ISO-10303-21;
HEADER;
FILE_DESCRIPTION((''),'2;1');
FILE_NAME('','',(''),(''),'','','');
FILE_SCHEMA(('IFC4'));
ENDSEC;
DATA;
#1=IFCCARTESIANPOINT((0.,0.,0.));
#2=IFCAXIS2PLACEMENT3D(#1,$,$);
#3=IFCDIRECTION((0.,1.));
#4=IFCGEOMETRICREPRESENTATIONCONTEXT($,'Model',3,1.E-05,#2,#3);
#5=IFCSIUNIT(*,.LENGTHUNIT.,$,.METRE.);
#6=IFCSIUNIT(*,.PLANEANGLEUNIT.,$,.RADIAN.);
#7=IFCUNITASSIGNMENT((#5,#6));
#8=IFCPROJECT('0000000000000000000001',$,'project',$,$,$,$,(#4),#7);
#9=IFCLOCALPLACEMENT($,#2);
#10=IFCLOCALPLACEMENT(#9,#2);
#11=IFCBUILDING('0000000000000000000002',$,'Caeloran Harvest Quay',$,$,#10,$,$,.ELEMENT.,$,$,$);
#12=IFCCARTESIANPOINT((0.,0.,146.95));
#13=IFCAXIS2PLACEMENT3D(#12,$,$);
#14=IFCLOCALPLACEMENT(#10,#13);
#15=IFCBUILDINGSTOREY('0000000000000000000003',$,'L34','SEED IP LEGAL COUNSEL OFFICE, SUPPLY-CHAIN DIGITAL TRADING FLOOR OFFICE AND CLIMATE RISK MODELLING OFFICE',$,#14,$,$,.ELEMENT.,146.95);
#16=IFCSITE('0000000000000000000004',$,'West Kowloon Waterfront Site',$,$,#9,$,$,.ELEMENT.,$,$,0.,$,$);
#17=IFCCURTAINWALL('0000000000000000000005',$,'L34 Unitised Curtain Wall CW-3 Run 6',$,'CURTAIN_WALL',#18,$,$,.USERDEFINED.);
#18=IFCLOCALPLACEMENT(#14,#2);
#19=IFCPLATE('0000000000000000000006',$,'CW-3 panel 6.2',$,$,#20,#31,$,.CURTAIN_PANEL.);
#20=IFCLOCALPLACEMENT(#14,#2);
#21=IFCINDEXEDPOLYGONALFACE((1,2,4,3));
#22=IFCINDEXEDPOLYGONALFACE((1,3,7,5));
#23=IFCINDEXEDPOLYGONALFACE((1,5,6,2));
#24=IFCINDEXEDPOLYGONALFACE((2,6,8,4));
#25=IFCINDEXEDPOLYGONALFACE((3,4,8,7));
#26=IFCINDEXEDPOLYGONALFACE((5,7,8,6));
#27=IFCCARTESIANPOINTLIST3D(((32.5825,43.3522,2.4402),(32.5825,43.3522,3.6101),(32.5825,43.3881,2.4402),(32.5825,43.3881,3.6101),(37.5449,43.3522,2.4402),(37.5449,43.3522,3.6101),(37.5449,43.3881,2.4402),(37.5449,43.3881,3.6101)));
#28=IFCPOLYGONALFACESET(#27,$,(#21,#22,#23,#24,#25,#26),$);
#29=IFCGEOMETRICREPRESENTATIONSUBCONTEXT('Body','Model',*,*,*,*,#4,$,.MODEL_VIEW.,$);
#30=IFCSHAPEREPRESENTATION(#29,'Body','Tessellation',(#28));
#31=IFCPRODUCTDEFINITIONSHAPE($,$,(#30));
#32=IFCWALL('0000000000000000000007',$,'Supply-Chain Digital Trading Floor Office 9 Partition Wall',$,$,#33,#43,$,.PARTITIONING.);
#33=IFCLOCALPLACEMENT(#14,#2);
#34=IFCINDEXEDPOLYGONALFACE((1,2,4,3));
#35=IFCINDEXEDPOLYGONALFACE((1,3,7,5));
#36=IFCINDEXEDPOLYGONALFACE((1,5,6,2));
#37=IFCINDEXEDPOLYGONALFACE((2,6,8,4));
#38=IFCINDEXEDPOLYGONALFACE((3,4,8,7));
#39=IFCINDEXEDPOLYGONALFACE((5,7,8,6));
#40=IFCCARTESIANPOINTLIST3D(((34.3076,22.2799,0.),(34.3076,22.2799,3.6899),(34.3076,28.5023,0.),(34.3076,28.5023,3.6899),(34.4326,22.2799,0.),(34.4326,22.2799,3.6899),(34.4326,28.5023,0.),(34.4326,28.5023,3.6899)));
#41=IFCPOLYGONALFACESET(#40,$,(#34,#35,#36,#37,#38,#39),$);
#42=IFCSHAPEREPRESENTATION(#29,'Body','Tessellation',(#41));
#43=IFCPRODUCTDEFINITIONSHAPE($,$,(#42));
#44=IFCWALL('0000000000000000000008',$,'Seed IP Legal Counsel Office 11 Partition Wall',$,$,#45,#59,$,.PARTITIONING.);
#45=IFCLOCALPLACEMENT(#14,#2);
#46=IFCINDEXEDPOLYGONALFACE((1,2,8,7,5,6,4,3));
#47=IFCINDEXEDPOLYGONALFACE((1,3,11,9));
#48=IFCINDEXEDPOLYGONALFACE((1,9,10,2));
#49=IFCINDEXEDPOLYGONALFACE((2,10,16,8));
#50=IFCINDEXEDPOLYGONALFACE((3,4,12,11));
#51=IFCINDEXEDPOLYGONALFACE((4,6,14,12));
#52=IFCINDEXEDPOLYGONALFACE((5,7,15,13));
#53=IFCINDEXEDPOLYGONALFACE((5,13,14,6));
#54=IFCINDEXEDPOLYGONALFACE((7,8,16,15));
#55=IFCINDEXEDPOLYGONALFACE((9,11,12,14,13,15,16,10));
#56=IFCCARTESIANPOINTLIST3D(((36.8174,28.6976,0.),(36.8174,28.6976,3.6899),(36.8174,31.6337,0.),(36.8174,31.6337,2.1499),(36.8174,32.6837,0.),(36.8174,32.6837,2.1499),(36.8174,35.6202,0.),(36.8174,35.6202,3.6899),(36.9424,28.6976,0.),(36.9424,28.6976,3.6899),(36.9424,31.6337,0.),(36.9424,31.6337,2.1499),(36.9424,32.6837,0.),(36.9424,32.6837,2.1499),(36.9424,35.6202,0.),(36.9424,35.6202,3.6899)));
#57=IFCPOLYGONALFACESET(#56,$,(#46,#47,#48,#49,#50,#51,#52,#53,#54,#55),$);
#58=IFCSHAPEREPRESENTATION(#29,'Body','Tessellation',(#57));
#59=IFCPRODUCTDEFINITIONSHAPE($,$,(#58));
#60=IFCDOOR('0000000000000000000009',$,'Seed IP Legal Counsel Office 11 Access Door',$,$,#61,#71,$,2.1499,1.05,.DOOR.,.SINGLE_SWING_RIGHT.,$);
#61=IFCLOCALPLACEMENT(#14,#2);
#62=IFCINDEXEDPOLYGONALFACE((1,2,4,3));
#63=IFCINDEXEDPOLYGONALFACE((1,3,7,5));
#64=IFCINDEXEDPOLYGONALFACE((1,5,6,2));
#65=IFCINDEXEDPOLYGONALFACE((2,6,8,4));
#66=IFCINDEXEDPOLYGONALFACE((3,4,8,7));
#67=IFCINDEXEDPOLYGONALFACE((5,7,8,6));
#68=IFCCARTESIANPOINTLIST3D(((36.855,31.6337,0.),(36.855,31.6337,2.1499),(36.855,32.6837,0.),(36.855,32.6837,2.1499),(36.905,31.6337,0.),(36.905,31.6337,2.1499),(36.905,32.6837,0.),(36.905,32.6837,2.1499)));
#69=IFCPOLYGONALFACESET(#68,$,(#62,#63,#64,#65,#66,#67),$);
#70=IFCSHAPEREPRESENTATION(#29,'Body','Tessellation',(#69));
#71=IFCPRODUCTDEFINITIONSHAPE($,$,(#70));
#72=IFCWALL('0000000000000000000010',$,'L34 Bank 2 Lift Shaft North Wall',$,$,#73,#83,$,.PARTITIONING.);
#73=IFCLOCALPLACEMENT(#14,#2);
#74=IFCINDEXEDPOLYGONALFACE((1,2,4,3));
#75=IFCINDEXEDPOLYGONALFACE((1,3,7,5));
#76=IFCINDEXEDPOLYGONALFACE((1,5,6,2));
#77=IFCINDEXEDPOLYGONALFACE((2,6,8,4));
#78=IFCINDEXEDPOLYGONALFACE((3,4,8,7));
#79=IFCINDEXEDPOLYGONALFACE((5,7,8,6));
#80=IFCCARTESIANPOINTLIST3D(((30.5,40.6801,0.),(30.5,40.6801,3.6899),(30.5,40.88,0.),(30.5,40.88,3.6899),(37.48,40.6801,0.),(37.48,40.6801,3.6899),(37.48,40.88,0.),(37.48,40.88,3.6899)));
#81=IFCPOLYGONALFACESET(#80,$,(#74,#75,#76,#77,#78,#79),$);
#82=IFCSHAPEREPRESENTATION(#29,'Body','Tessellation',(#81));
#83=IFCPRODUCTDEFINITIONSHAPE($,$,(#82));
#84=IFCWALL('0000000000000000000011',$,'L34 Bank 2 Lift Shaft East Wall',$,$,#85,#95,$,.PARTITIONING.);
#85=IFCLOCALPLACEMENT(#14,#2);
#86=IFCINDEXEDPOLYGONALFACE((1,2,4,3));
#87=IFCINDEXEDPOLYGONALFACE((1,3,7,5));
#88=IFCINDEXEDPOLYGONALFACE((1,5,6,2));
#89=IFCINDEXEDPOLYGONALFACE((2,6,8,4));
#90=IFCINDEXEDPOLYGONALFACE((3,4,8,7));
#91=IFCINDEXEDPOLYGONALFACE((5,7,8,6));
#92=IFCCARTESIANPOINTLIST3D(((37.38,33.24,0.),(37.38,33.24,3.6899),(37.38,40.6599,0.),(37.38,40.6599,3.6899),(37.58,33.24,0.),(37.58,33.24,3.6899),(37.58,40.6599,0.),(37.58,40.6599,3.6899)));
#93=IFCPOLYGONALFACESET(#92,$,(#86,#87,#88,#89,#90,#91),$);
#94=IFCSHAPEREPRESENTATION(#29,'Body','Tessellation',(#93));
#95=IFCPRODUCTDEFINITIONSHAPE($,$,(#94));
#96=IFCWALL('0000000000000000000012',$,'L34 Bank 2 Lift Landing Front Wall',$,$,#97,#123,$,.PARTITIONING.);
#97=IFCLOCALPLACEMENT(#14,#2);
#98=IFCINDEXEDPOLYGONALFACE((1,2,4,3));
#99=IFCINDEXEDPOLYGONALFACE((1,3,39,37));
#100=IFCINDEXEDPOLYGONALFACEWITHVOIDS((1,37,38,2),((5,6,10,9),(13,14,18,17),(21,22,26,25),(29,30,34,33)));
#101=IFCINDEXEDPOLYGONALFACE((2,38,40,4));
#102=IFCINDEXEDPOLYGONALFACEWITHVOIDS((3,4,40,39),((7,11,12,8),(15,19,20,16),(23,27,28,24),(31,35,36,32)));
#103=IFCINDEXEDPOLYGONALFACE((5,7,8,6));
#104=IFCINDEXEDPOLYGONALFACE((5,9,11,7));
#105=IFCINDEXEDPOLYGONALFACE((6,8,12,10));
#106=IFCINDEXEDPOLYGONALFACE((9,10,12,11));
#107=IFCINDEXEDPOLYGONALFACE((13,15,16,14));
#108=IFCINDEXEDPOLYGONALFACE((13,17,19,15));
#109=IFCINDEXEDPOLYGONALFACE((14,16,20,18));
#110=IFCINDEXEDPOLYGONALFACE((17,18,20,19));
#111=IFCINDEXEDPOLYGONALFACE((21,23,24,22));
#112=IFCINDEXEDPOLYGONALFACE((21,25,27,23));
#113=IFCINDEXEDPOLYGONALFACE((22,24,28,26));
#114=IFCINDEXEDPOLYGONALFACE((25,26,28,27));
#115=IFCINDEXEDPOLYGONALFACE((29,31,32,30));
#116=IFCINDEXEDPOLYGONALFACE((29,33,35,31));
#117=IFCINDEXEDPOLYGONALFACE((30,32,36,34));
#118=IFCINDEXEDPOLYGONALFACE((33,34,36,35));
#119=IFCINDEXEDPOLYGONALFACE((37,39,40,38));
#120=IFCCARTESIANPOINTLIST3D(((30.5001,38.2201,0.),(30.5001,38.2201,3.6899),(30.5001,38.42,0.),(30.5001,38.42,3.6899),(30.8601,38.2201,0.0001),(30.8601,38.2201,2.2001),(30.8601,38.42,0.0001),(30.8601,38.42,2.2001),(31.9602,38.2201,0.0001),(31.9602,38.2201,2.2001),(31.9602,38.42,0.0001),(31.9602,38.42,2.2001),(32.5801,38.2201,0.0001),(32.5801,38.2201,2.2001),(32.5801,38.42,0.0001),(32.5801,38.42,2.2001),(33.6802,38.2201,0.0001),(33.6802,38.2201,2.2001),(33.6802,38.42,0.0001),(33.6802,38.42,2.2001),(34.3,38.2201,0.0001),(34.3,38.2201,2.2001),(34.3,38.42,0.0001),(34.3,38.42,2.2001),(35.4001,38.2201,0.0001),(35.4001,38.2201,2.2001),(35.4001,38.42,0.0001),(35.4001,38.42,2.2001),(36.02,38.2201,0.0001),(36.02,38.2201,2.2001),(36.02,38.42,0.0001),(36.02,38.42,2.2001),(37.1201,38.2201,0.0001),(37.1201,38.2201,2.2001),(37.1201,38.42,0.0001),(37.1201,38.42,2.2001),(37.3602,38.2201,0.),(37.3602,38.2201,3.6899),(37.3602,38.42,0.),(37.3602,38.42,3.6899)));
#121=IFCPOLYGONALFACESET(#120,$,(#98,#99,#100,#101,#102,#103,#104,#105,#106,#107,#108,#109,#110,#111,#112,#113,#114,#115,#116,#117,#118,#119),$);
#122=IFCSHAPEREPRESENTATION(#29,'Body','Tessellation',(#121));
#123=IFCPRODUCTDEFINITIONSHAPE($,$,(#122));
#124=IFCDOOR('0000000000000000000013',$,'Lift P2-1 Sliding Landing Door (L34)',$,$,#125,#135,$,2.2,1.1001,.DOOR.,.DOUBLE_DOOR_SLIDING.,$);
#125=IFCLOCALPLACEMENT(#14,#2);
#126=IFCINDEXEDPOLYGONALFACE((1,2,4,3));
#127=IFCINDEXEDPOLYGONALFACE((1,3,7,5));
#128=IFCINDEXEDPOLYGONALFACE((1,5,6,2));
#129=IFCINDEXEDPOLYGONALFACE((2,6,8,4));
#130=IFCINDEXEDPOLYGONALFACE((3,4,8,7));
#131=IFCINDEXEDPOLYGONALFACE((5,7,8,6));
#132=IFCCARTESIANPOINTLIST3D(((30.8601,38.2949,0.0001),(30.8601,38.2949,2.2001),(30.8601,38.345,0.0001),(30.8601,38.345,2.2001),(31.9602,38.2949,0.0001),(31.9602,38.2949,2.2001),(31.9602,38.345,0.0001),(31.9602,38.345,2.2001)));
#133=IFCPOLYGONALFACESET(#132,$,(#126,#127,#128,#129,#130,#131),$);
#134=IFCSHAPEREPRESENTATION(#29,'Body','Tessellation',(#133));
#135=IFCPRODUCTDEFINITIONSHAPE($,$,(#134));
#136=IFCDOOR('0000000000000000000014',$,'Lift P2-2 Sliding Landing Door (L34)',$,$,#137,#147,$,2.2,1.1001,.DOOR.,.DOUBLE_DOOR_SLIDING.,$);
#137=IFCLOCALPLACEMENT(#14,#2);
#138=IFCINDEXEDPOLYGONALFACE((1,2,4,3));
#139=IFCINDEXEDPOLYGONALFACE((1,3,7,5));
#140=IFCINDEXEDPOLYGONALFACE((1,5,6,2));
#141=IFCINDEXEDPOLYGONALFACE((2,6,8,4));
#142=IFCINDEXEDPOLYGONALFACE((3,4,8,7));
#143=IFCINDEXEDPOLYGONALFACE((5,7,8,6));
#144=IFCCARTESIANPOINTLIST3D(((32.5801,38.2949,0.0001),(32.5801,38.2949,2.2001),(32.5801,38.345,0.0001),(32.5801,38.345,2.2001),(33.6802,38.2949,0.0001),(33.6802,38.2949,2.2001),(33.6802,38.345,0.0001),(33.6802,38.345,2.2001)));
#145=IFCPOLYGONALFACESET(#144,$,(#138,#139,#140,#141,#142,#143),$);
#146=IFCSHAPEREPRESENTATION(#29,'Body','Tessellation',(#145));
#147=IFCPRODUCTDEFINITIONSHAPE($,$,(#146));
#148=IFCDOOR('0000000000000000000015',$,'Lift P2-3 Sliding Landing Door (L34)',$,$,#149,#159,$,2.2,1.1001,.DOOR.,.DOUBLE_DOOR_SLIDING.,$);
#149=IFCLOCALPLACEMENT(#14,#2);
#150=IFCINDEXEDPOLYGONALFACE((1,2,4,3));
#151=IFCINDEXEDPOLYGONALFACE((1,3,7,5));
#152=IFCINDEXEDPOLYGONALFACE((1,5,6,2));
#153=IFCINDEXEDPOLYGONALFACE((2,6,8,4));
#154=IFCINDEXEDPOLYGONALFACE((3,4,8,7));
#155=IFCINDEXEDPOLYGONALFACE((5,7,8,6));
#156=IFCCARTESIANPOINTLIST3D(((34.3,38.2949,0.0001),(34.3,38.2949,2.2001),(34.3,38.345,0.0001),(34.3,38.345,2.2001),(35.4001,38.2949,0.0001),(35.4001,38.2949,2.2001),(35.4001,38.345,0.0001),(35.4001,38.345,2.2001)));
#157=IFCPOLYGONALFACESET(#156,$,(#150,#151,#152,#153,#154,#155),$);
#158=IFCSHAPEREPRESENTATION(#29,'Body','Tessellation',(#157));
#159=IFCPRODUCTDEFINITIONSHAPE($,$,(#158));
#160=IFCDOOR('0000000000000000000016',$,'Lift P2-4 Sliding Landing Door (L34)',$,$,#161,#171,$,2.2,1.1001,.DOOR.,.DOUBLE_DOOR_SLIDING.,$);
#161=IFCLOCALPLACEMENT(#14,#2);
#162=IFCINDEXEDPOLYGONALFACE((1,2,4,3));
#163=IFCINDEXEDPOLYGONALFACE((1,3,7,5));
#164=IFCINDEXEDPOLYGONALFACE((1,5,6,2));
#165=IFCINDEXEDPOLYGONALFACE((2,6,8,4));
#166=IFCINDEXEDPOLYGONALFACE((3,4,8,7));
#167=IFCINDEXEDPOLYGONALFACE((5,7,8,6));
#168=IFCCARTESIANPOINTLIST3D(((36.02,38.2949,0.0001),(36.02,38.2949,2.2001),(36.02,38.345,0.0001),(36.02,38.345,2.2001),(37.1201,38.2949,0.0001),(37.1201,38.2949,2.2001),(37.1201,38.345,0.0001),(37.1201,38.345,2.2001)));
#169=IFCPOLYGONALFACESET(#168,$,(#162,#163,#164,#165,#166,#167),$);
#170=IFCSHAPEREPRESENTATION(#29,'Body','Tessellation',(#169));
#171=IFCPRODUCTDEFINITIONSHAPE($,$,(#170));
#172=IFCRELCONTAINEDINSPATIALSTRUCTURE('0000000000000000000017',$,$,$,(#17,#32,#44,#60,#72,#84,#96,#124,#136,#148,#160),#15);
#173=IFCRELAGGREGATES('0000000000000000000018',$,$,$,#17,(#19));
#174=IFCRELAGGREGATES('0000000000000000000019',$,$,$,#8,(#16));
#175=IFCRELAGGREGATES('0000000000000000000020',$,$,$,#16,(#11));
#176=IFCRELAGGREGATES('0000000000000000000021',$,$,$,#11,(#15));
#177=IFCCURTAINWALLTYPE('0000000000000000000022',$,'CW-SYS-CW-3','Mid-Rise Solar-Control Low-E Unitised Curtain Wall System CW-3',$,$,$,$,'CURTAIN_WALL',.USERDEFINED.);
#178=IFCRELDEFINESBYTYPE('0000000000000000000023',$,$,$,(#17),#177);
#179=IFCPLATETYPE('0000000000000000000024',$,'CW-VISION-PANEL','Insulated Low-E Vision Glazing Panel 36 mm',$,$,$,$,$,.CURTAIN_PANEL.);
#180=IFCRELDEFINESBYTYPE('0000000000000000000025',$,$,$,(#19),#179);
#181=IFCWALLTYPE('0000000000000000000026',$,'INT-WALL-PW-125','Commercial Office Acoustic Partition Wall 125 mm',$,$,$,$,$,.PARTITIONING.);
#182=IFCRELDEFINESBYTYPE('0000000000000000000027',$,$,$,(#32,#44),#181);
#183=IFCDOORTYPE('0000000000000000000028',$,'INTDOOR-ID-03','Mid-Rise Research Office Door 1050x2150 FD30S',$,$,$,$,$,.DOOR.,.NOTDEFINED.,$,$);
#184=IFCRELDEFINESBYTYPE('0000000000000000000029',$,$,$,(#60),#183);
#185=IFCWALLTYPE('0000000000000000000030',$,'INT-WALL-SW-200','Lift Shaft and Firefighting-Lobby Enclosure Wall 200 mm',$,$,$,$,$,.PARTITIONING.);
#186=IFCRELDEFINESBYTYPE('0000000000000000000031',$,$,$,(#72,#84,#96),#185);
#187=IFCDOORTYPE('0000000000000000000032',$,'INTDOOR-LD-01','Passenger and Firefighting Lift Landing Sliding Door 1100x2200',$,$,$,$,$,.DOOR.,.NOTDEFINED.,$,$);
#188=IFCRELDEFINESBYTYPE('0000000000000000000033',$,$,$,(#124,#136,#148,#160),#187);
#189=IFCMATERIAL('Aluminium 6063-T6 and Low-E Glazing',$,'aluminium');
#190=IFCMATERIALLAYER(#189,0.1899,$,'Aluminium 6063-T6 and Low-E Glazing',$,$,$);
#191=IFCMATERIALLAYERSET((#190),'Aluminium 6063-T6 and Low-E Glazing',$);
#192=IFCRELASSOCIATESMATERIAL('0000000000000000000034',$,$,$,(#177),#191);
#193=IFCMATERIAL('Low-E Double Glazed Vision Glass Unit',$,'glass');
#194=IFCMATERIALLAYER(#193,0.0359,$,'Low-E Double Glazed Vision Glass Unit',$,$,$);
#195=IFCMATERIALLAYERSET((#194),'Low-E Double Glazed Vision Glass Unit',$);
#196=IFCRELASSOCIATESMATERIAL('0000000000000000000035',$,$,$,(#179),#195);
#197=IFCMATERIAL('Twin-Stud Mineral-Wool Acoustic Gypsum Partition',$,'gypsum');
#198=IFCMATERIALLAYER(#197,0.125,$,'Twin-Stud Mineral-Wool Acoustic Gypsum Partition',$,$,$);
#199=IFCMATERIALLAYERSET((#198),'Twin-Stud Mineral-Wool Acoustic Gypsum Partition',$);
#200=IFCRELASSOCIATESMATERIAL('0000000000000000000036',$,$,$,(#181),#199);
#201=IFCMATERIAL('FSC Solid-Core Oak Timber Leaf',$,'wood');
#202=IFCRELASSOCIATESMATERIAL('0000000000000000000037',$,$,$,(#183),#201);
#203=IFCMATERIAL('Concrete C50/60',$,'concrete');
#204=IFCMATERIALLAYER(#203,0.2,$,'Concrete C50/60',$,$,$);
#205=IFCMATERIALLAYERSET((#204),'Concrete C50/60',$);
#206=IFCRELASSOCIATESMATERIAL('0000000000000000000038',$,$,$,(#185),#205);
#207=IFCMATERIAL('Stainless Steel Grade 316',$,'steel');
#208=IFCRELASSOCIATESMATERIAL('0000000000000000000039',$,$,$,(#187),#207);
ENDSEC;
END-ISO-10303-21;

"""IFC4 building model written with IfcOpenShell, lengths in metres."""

from ifc_helpers import new_model, si_unit, direction, frame, frame_2d, origin, origin_2d, place, context, subcontext, project, spatial, rectangle, extrude, material, layer, layer_set, type_object, element, fill, aggregate, save


model = new_model("IFC4")

# Units and contexts
model_context = context("Model", 3, precision=1e-05, world=origin(), true_north=direction((0.0, 1.0)))
body_context = subcontext(model_context, "Body", "Model", "MODEL_VIEW")
ifc_project = project(units=[si_unit("LENGTHUNIT", "METRE"), si_unit("PLANEANGLEUNIT", "RADIAN")], contexts=[model_context])

# Site, building, storey
site_placement = place(None, origin())
site = spatial("IfcSite", under=ifc_project, at=site_placement, Name="West Kowloon Waterfront Site", CompositionType="ELEMENT", RefElevation=0.0)
building_placement = place(site_placement, origin())
building = spatial("IfcBuilding", under=site, at=building_placement, Name="Caeloran Harvest Quay", CompositionType="ELEMENT")
storey_placement = place(building_placement, frame((0.0, 0.0, 146.95)))
storey = spatial("IfcBuildingStorey", under=building, at=storey_placement, Name="L34", Description="SEED IP LEGAL COUNSEL OFFICE, SUPPLY-CHAIN DIGITAL TRADING FLOOR OFFICE AND CLIMATE RISK MODELLING OFFICE", CompositionType="ELEMENT", Elevation=146.95)

# Curtain wall, plate
ifc_material_1 = material(Name="Aluminium 6063-T6 and Low-E Glazing", Category="aluminium")
ifc_layer_1 = layer(ifc_material_1, 0.1899, Name="Aluminium 6063-T6 and Low-E Glazing")
ifc_layer_set_1 = layer_set([ifc_layer_1], Name="Aluminium 6063-T6 and Low-E Glazing")
curtain_wall_type = type_object("IfcCurtainWallType", Name="CW-SYS-CW-3", Description="Mid-Rise Solar-Control Low-E Unitised Curtain Wall System CW-3", ElementType="CURTAIN_WALL", PredefinedType="USERDEFINED", material=ifc_layer_set_1)
curtain_wall_placement = place(storey_placement, origin())
curtain_wall = element("IfcCurtainWall", 1, at=curtain_wall_placement, inside=storey, type_object=curtain_wall_type, Name="L34 Unitised Curtain Wall CW-3 Run 6", ObjectType="CURTAIN_WALL", PredefinedType="USERDEFINED")
ifc_material_2 = material(Name="Low-E Double Glazed Vision Glass Unit", Category="glass")
ifc_layer_2 = layer(ifc_material_2, 0.0359, Name="Low-E Double Glazed Vision Glass Unit")
ifc_layer_set_2 = layer_set([ifc_layer_2], Name="Low-E Double Glazed Vision Glass Unit")
plate_type = type_object("IfcPlateType", Name="CW-VISION-PANEL", Description="Insulated Low-E Vision Glazing Panel 36 mm", PredefinedType="CURTAIN_PANEL", material=ifc_layer_set_2)
plate_1_placement = place(storey_placement, frame((35.0637, 43.3701, 2.4402), z_axis=(0.0, 0.0, 1.0), x_axis=(1.0, 0.0, 0.0)))
plate_1 = element("IfcPlate", 2, at=plate_1_placement, type_object=plate_type, Name="CW-3 panel 6.2", PredefinedType="CURTAIN_PANEL", context=body_context, shape_type="SweptSolid", body=[
    extrude(rectangle(XDim=4.9624, YDim=0.0359, at=origin_2d()), origin(), (0.0, 0.0, 1.0), 1.1699),
])
aggregate(curtain_wall, [plate_1])

# Wall
ifc_material_3 = material(Name="Twin-Stud Mineral-Wool Acoustic Gypsum Partition", Category="gypsum")
ifc_layer_3 = layer(ifc_material_3, 0.125, Name="Twin-Stud Mineral-Wool Acoustic Gypsum Partition")
ifc_layer_set_3 = layer_set([ifc_layer_3], Name="Twin-Stud Mineral-Wool Acoustic Gypsum Partition")
wall_type_1 = type_object("IfcWallType", Name="INT-WALL-PW-125", Description="Commercial Office Acoustic Partition Wall 125 mm", PredefinedType="PARTITIONING", material=ifc_layer_set_3)
wall_1_placement = place(storey_placement, frame((34.3701, 28.5024, 0.0), z_axis=(0.0, 0.0, 1.0), x_axis=(0.0, -1.0, 0.0)))
element("IfcWall", 3, at=wall_1_placement, inside=storey, type_object=wall_type_1, Name="Supply-Chain Digital Trading Floor Office 9 Partition Wall", PredefinedType="PARTITIONING", context=body_context, shape_type="SweptSolid", body=[
    extrude(rectangle(XDim=6.2224, YDim=0.125, at=frame_2d((3.1113, 0.0))), origin(), (0.0, 0.0, 1.0), 3.6899),
])

# Wall, opening, door
wall_2_placement = place(storey_placement, frame((36.8799, 28.6975, 0.0), z_axis=(0.0, 0.0, 1.0), x_axis=(0.0, 1.0, 0.0)))
wall_2 = element("IfcWall", 4, at=wall_2_placement, inside=storey, type_object=wall_type_1, Name="Seed IP Legal Counsel Office 11 Partition Wall", PredefinedType="PARTITIONING", context=body_context, shape_type="SweptSolid", body=[
    extrude(rectangle(XDim=6.9226, YDim=0.125, at=frame_2d((3.4614, 0.0))), origin(), (0.0, 0.0, 1.0), 3.6899),
])
opening_1_placement = place(wall_2_placement, frame((2.9363, 0.0, 0.0)))
opening_1 = element("IfcOpeningElement", 5, at=opening_1_placement, cuts=wall_2, PredefinedType="OPENING", context=body_context, shape_type="SweptSolid", body=[
    extrude(rectangle(XDim=1.05, YDim=2.1499, at=frame_2d((0.5249, 1.075))), frame((0.0, 0.0725, 0.0), z_axis=(0.0, -1.0, 0.0), x_axis=(1.0, 0.0, 0.0)), (0.0, 0.0, 1.0), 0.145),
])
ifc_material_4 = material(Name="FSC Solid-Core Oak Timber Leaf", Category="wood")
door_type_1 = type_object("IfcDoorType", Name="INTDOOR-ID-03", Description="Mid-Rise Research Office Door 1050x2150 FD30S", OperationType="NOTDEFINED", PredefinedType="DOOR", material=ifc_material_4)
door_1_placement = place(opening_1_placement, origin())
door_1 = element("IfcDoor", 6, at=door_1_placement, inside=storey, type_object=door_type_1, Name="Seed IP Legal Counsel Office 11 Access Door", OperationType="SINGLE_SWING_RIGHT", OverallHeight=2.1499, OverallWidth=1.05, PredefinedType="DOOR", context=body_context, shape_type="SweptSolid", body=[
    extrude(rectangle(XDim=1.05, YDim=2.1499, at=frame_2d((0.5249, 1.075))), frame((0.0, 0.0249, 0.0), z_axis=(0.0, -1.0, 0.0), x_axis=(1.0, 0.0, 0.0)), (0.0, 0.0, 1.0), 0.05),
])
fill(opening_1, door_1)

# Walls
ifc_material_5 = material(Name="Concrete C50/60", Category="concrete")
ifc_layer_4 = layer(ifc_material_5, 0.2, Name="Concrete C50/60")
ifc_layer_set_4 = layer_set([ifc_layer_4], Name="Concrete C50/60")
wall_type_2 = type_object("IfcWallType", Name="INT-WALL-SW-200", Description="Lift Shaft and Firefighting-Lobby Enclosure Wall 200 mm", PredefinedType="PARTITIONING", material=ifc_layer_set_4)
wall_3_placement = place(storey_placement, frame((30.5, 40.78, 0.0), z_axis=(0.0, 0.0, 1.0), x_axis=(1.0, 0.0, 0.0)))
element("IfcWall", 7, at=wall_3_placement, inside=storey, type_object=wall_type_2, Name="L34 Bank 2 Lift Shaft North Wall", PredefinedType="PARTITIONING", context=body_context, shape_type="SweptSolid", body=[
    extrude(rectangle(XDim=6.98, YDim=0.2, at=frame_2d((3.49, 0.0))), origin(), (0.0, 0.0, 1.0), 3.6899),
])
wall_4_placement = place(storey_placement, frame((37.48, 33.24, 0.0), z_axis=(0.0, 0.0, 1.0), x_axis=(0.0, 1.0, 0.0)))
element("IfcWall", 8, at=wall_4_placement, inside=storey, type_object=wall_type_2, Name="L34 Bank 2 Lift Shaft East Wall", PredefinedType="PARTITIONING", context=body_context, shape_type="SweptSolid", body=[
    extrude(rectangle(XDim=7.4199, YDim=0.2, at=frame_2d((3.71, 0.0))), origin(), (0.0, 0.0, 1.0), 3.6899),
])

# Wall, openings, doors
wall_5_placement = place(storey_placement, frame((30.5, 38.3201, 0.0), z_axis=(0.0, 0.0, 1.0), x_axis=(1.0, 0.0, 0.0)))
wall_5 = element("IfcWall", 9, at=wall_5_placement, inside=storey, type_object=wall_type_2, Name="L34 Bank 2 Lift Landing Front Wall", PredefinedType="PARTITIONING", context=body_context, shape_type="SweptSolid", body=[
    extrude(rectangle(XDim=6.8601, YDim=0.2, at=frame_2d((3.4302, 0.0))), origin(), (0.0, 0.0, 1.0), 3.6899),
])
opening_2_placement = place(wall_5_placement, frame((0.3601, 0.0, 0.0)))
opening_2 = element("IfcOpeningElement", 10, at=opening_2_placement, cuts=wall_5, PredefinedType="OPENING", context=body_context, shape_type="SweptSolid", body=[
    extrude(rectangle(XDim=1.1001, YDim=2.2, at=frame_2d((0.55, 1.1001))), frame((0.0, 0.1099, 0.0), z_axis=(0.0, -1.0, 0.0), x_axis=(1.0, 0.0, 0.0)), (0.0, 0.0, 1.0), 0.22),
])
opening_3_placement = place(wall_5_placement, frame((2.0801, 0.0, 0.0)))
opening_3 = element("IfcOpeningElement", 11, at=opening_3_placement, cuts=wall_5, PredefinedType="OPENING", context=body_context, shape_type="SweptSolid", body=[
    extrude(rectangle(XDim=1.1001, YDim=2.2, at=frame_2d((0.55, 1.1001))), frame((0.0, 0.1099, 0.0), z_axis=(0.0, -1.0, 0.0), x_axis=(1.0, 0.0, 0.0)), (0.0, 0.0, 1.0), 0.22),
])
opening_4_placement = place(wall_5_placement, frame((3.8, 0.0, 0.0)))
opening_4 = element("IfcOpeningElement", 12, at=opening_4_placement, cuts=wall_5, PredefinedType="OPENING", context=body_context, shape_type="SweptSolid", body=[
    extrude(rectangle(XDim=1.1001, YDim=2.2, at=frame_2d((0.55, 1.1001))), frame((0.0, 0.1099, 0.0), z_axis=(0.0, -1.0, 0.0), x_axis=(1.0, 0.0, 0.0)), (0.0, 0.0, 1.0), 0.22),
])
opening_5_placement = place(wall_5_placement, frame((5.52, 0.0, 0.0)))
opening_5 = element("IfcOpeningElement", 13, at=opening_5_placement, cuts=wall_5, PredefinedType="OPENING", context=body_context, shape_type="SweptSolid", body=[
    extrude(rectangle(XDim=1.1001, YDim=2.2, at=frame_2d((0.55, 1.1001))), frame((0.0, 0.1099, 0.0), z_axis=(0.0, -1.0, 0.0), x_axis=(1.0, 0.0, 0.0)), (0.0, 0.0, 1.0), 0.22),
])
ifc_material_6 = material(Name="Stainless Steel Grade 316", Category="steel")
door_type_2 = type_object("IfcDoorType", Name="INTDOOR-LD-01", Description="Passenger and Firefighting Lift Landing Sliding Door 1100x2200", OperationType="NOTDEFINED", PredefinedType="DOOR", material=ifc_material_6)
door_2_placement = place(opening_2_placement, origin())
door_2 = element("IfcDoor", 14, at=door_2_placement, inside=storey, type_object=door_type_2, Name="Lift P2-1 Sliding Landing Door (L34)", OperationType="DOUBLE_DOOR_SLIDING", OverallHeight=2.2, OverallWidth=1.1001, PredefinedType="DOOR", context=body_context, shape_type="SweptSolid", body=[
    extrude(rectangle(XDim=1.1001, YDim=2.2, at=frame_2d((0.55, 1.1001))), frame((0.0, 0.0249, 0.0), z_axis=(0.0, -1.0, 0.0), x_axis=(1.0, 0.0, 0.0)), (0.0, 0.0, 1.0), 0.05),
])
fill(opening_2, door_2)
door_3_placement = place(opening_3_placement, origin())
door_3 = element("IfcDoor", 15, at=door_3_placement, inside=storey, type_object=door_type_2, Name="Lift P2-2 Sliding Landing Door (L34)", OperationType="DOUBLE_DOOR_SLIDING", OverallHeight=2.2, OverallWidth=1.1001, PredefinedType="DOOR", context=body_context, shape_type="SweptSolid", body=[
    extrude(rectangle(XDim=1.1001, YDim=2.2, at=frame_2d((0.55, 1.1001))), frame((0.0, 0.0249, 0.0), z_axis=(0.0, -1.0, 0.0), x_axis=(1.0, 0.0, 0.0)), (0.0, 0.0, 1.0), 0.05),
])
fill(opening_3, door_3)
door_4_placement = place(opening_4_placement, origin())
door_4 = element("IfcDoor", 16, at=door_4_placement, inside=storey, type_object=door_type_2, Name="Lift P2-3 Sliding Landing Door (L34)", OperationType="DOUBLE_DOOR_SLIDING", OverallHeight=2.2, OverallWidth=1.1001, PredefinedType="DOOR", context=body_context, shape_type="SweptSolid", body=[
    extrude(rectangle(XDim=1.1001, YDim=2.2, at=frame_2d((0.55, 1.1001))), frame((0.0, 0.0249, 0.0), z_axis=(0.0, -1.0, 0.0), x_axis=(1.0, 0.0, 0.0)), (0.0, 0.0, 1.0), 0.05),
])
fill(opening_4, door_4)
door_5_placement = place(opening_5_placement, origin())
door_5 = element("IfcDoor", 17, at=door_5_placement, inside=storey, type_object=door_type_2, Name="Lift P2-4 Sliding Landing Door (L34)", OperationType="DOUBLE_DOOR_SLIDING", OverallHeight=2.2, OverallWidth=1.1001, PredefinedType="DOOR", context=body_context, shape_type="SweptSolid", body=[
    extrude(rectangle(XDim=1.1001, YDim=2.2, at=frame_2d((0.55, 1.1001))), frame((0.0, 0.0249, 0.0), z_axis=(0.0, -1.0, 0.0), x_axis=(1.0, 0.0, 0.0)), (0.0, 0.0, 1.0), 0.05),
])
fill(opening_5, door_5)

save(model, "model.ifc")
